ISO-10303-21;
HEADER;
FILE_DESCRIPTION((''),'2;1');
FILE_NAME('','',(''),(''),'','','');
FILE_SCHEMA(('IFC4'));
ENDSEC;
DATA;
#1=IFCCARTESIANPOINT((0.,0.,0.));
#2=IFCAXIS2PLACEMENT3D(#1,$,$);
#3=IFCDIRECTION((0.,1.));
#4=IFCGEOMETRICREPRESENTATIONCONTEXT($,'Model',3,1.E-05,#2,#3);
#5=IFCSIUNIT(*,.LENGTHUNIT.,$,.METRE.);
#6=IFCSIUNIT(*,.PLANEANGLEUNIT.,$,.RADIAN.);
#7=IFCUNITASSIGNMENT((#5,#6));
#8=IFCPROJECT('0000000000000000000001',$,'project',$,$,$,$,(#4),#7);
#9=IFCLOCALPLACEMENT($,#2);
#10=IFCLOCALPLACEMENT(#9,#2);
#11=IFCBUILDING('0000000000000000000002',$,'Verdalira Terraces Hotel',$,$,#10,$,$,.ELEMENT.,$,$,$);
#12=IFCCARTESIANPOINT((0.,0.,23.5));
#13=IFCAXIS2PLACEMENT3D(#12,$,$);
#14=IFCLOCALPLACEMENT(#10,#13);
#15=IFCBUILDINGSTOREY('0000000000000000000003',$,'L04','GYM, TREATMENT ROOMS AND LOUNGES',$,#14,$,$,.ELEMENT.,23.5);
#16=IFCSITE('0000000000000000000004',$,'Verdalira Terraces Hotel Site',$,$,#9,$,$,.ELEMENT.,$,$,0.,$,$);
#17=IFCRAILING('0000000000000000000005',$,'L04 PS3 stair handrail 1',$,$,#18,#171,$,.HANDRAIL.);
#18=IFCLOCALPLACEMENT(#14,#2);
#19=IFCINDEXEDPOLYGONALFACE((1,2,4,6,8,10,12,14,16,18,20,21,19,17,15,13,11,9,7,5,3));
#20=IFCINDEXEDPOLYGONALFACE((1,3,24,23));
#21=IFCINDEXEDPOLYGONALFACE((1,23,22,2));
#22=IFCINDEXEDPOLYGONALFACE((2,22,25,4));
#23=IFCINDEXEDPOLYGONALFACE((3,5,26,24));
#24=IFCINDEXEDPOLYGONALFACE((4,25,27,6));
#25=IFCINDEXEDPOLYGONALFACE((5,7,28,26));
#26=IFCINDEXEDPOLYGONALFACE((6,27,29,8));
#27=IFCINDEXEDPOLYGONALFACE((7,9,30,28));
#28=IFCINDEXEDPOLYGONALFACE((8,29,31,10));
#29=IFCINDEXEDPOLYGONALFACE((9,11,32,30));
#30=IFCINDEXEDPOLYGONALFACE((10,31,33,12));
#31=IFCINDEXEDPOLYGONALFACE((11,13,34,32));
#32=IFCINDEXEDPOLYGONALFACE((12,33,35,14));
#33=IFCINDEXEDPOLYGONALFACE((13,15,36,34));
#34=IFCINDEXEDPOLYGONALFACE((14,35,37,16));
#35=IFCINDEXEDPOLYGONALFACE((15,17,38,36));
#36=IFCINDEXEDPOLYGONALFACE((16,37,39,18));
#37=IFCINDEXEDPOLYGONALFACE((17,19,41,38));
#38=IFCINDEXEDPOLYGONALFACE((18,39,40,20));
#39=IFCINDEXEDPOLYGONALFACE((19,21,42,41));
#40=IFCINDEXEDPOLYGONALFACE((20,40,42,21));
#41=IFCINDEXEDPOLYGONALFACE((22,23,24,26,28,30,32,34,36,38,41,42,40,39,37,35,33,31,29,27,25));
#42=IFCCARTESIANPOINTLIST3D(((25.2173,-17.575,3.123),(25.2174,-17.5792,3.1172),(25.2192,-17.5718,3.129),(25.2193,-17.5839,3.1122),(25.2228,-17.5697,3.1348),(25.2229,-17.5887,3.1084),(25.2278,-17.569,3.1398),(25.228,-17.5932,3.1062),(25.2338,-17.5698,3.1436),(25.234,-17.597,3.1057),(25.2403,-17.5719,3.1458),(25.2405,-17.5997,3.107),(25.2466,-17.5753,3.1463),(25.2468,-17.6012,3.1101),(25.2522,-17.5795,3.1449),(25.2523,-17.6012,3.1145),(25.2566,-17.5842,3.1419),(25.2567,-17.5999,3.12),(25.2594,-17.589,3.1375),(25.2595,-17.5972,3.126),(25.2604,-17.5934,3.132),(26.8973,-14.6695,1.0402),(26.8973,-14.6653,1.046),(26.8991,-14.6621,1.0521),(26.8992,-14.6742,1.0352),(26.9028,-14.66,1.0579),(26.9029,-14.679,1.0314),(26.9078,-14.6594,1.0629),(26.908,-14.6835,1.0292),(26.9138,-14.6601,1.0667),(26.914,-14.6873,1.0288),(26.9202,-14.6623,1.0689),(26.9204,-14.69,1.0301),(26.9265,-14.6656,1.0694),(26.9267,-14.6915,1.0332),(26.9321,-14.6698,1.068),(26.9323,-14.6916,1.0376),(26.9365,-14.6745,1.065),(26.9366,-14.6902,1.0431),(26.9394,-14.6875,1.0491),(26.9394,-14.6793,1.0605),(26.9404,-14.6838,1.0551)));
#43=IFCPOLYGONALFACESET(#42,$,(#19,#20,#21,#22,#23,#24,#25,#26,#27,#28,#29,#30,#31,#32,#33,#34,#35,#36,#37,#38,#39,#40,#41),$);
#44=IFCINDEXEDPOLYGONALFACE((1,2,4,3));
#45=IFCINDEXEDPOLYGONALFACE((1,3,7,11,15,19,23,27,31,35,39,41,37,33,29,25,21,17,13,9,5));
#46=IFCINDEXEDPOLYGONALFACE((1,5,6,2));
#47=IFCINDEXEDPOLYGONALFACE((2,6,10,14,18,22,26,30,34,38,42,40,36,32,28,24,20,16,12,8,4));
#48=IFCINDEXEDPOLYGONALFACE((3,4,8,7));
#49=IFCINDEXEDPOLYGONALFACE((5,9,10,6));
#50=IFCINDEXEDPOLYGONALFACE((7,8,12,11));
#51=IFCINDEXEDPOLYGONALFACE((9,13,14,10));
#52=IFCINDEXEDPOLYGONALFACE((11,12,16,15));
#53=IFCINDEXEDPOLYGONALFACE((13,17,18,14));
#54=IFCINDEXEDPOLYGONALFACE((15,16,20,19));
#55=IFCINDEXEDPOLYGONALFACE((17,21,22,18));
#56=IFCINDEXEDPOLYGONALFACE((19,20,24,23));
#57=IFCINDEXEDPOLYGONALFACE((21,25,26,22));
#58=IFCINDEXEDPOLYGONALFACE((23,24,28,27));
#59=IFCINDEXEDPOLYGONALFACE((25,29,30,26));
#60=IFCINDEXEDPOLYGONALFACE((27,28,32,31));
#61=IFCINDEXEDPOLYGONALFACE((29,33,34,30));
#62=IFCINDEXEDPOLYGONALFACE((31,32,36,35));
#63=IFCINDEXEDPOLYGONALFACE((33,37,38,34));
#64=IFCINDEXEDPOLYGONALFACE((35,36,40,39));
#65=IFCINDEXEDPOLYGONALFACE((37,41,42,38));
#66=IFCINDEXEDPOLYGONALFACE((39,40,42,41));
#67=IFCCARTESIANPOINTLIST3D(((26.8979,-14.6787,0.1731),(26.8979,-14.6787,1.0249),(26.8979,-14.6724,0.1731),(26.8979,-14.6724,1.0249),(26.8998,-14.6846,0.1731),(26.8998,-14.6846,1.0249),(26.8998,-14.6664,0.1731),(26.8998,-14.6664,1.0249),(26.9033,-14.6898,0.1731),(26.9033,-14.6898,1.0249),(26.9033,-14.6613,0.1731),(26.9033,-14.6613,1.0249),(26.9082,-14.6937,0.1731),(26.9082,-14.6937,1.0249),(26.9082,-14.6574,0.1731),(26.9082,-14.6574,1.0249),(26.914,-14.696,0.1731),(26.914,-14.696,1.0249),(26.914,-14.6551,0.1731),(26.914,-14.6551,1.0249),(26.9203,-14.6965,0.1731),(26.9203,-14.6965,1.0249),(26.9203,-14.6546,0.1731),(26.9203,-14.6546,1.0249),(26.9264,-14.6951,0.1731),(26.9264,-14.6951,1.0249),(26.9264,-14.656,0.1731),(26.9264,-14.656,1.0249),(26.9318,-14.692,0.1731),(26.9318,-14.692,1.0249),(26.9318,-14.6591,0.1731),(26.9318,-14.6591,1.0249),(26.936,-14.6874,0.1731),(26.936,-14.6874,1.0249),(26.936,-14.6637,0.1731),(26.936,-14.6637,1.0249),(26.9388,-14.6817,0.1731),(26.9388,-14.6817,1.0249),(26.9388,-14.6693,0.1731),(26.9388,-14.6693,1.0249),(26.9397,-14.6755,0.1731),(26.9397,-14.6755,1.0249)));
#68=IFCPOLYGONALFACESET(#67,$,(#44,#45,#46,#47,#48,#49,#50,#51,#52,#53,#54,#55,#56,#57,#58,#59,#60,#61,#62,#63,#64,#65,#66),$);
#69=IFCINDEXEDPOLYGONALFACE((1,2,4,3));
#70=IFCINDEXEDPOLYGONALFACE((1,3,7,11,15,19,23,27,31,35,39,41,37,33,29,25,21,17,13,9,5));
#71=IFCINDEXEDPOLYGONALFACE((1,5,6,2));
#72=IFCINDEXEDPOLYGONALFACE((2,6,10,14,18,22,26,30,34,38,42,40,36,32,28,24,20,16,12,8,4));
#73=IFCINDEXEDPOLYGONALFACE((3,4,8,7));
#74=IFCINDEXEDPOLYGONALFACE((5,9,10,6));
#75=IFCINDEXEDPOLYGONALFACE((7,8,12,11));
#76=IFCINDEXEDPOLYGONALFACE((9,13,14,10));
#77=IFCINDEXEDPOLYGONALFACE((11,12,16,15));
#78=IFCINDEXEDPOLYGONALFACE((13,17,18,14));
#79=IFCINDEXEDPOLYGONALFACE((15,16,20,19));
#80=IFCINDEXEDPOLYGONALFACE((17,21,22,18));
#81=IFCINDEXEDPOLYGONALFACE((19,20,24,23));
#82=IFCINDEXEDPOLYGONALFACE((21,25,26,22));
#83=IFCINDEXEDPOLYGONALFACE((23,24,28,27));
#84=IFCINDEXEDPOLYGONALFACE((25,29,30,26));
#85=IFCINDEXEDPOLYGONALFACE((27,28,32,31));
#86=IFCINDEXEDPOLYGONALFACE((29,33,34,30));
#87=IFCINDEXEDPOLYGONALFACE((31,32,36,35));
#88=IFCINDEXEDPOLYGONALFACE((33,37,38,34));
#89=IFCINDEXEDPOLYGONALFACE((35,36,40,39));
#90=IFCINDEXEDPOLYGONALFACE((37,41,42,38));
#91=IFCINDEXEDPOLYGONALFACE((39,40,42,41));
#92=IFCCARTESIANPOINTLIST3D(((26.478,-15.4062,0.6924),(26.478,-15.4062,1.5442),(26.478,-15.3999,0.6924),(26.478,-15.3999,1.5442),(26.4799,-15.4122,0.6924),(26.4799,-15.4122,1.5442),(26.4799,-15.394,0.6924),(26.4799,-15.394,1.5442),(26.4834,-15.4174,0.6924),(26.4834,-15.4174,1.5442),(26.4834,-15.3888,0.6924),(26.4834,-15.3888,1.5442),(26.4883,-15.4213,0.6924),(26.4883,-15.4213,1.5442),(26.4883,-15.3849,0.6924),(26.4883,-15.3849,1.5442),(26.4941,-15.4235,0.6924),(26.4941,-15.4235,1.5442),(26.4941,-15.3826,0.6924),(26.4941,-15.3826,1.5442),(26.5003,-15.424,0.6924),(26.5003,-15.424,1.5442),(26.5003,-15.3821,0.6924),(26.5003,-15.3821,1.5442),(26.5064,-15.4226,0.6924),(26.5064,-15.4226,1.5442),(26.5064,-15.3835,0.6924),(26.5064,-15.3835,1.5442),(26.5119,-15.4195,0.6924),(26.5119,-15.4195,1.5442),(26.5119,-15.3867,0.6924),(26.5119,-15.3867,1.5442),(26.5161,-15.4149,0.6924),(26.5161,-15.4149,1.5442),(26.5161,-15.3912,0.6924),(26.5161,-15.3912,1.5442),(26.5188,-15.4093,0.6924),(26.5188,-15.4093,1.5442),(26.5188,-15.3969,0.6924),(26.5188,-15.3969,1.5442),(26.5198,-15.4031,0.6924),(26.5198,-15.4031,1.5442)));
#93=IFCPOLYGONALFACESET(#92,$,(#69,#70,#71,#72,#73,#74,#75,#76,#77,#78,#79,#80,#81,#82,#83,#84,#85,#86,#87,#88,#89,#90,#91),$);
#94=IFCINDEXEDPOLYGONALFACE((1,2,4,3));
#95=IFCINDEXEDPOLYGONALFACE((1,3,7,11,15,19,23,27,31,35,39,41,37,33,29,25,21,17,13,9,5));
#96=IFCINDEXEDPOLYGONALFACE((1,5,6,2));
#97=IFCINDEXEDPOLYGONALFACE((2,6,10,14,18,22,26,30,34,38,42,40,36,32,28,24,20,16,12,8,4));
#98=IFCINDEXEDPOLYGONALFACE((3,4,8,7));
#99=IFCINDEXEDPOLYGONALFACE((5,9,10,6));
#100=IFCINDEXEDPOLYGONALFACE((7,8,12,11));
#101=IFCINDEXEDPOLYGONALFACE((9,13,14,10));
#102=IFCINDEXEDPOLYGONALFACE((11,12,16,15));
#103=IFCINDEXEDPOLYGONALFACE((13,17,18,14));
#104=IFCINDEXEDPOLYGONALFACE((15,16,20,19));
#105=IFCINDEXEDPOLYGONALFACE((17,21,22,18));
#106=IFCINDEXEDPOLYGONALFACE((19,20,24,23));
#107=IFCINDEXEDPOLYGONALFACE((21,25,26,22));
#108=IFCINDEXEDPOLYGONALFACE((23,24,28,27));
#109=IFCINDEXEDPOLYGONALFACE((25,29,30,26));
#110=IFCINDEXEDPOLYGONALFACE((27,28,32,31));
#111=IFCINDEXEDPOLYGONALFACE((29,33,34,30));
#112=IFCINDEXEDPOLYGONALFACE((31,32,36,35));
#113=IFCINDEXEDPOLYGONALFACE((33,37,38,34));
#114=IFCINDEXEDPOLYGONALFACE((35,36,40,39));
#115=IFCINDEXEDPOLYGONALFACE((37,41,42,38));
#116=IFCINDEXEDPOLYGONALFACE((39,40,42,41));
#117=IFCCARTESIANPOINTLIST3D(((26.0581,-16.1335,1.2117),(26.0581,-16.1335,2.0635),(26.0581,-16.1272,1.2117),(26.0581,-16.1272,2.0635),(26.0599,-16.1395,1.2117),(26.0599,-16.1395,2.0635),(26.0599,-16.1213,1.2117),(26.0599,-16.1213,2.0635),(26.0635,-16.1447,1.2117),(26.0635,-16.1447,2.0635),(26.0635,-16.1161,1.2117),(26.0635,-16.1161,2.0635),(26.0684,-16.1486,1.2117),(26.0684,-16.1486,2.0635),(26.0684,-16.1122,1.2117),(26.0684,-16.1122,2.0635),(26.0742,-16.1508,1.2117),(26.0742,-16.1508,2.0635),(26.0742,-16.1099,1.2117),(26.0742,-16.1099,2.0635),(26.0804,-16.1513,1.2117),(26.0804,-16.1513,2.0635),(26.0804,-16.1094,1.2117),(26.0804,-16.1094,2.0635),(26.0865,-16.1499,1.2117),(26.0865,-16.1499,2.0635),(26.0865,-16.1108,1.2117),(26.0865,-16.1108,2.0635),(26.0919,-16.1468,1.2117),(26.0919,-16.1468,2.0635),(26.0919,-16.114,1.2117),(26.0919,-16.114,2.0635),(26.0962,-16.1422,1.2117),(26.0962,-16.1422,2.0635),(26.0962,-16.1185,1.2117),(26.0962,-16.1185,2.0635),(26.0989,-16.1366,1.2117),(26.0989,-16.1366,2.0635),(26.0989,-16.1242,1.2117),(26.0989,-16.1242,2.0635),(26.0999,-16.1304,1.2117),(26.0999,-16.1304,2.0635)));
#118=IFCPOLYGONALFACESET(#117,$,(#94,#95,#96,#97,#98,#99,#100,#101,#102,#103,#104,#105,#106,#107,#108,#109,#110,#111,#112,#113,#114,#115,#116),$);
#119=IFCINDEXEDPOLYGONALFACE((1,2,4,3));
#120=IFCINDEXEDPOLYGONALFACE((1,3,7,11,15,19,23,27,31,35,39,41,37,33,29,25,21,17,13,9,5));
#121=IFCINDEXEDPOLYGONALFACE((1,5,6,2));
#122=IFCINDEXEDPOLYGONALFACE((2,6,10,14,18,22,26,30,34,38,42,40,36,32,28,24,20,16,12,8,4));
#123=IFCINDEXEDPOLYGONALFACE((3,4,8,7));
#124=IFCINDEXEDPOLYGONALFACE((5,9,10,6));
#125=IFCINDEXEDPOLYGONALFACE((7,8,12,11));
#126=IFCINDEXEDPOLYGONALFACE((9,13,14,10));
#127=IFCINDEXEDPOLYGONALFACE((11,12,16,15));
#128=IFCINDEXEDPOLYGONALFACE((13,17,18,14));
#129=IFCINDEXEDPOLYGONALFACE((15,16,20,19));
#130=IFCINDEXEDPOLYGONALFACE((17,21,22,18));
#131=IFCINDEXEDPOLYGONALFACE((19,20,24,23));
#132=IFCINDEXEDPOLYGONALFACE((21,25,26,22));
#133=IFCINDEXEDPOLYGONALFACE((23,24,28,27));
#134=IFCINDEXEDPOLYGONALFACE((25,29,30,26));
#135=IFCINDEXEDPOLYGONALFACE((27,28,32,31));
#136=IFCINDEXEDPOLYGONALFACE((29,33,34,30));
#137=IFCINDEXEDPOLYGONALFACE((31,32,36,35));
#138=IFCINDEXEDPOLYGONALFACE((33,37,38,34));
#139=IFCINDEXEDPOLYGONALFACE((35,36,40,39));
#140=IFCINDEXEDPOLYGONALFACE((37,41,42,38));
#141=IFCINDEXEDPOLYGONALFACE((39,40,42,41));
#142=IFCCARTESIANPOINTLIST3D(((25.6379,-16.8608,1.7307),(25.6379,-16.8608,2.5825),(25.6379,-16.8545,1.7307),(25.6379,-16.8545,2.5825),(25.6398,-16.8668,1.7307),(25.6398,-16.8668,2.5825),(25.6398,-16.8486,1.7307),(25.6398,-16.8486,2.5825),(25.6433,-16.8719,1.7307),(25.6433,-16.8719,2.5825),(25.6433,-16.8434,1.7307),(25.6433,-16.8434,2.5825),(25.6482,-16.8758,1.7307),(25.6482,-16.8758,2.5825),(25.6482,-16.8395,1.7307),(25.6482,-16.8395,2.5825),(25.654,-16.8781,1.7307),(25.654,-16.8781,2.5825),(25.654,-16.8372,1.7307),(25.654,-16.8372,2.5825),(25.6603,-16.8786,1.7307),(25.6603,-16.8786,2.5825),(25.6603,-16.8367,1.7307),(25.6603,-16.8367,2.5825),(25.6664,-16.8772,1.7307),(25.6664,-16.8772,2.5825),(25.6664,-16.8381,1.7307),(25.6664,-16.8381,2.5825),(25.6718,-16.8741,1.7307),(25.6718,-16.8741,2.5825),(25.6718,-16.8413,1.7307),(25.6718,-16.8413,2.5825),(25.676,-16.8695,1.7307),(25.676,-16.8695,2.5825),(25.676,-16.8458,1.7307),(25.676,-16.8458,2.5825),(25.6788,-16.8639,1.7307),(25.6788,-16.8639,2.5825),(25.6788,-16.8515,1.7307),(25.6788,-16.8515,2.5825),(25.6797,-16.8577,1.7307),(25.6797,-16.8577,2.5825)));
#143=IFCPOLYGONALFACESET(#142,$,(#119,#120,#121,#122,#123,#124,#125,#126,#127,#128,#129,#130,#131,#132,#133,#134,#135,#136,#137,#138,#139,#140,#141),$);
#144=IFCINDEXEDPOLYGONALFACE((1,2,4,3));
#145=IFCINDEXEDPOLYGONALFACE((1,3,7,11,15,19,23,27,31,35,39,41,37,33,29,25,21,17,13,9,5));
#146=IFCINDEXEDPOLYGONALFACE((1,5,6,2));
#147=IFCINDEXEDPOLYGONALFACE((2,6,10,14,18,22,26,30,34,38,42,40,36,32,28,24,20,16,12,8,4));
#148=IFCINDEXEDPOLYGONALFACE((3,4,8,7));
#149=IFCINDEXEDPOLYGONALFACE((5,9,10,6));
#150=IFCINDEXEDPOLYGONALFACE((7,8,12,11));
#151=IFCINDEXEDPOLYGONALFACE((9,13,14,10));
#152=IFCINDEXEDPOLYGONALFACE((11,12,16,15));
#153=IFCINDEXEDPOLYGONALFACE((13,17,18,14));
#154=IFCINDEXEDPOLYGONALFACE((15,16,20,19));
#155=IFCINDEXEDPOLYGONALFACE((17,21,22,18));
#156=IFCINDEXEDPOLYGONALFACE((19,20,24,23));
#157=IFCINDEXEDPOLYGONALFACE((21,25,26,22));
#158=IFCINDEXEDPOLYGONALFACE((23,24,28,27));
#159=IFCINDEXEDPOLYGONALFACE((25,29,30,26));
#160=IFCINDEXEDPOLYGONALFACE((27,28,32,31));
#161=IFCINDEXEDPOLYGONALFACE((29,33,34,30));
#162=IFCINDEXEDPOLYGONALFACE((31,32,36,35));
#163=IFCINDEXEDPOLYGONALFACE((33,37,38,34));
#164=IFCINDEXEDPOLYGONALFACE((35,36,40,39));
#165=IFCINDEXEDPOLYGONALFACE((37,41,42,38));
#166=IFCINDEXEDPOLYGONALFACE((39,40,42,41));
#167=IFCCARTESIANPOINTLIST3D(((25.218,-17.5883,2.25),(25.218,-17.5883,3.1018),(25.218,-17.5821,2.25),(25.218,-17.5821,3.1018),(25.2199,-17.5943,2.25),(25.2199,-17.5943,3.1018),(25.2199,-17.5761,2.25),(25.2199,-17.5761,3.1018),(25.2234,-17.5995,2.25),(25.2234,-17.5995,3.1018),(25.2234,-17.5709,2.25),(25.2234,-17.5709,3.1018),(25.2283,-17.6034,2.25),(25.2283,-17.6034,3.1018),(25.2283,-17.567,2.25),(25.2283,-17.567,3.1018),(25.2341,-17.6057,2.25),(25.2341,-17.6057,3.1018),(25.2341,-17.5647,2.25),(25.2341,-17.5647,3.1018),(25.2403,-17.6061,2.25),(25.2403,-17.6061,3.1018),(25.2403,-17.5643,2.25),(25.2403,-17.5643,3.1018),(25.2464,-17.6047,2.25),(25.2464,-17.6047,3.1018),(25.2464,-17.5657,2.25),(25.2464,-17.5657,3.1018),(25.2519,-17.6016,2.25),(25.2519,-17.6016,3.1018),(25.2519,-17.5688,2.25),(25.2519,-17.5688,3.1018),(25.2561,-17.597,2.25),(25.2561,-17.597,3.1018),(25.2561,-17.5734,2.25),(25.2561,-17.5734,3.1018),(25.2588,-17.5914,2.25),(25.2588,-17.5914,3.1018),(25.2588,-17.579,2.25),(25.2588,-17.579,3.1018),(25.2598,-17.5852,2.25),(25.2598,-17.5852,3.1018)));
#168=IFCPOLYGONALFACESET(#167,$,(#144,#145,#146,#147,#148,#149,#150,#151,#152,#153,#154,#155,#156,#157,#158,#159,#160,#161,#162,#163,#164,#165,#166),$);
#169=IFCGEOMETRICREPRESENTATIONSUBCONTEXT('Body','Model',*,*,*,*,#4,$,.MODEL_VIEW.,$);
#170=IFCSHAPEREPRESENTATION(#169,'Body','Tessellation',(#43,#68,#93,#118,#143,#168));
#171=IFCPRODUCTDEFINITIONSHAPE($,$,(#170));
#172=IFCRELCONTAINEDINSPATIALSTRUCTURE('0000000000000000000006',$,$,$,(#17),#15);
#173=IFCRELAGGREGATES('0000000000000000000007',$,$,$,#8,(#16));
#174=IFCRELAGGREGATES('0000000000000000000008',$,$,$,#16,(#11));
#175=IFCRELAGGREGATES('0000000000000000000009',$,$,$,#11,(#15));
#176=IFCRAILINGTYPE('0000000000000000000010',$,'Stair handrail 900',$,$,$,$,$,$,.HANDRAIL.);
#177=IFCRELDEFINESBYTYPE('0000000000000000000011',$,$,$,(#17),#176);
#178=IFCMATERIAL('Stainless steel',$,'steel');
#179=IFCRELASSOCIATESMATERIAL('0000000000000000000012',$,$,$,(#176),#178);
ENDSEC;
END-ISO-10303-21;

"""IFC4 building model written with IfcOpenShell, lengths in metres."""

from ifc_helpers import new_model, si_unit, direction, frame, origin, origin_2d, place, context, subcontext, project, spatial, circle, extrude, material, type_object, element, save


model = new_model("IFC4")

# Units and contexts
model_context = context("Model", 3, precision=1e-05, world=origin(), true_north=direction((0.0, 1.0)))
body_context = subcontext(model_context, "Body", "Model", "MODEL_VIEW")
ifc_project = project(units=[si_unit("LENGTHUNIT", "METRE"), si_unit("PLANEANGLEUNIT", "RADIAN")], contexts=[model_context])

# Site, building, storey
site_placement = place(None, origin())
site = spatial("IfcSite", under=ifc_project, at=site_placement, Name="Verdalira Terraces Hotel Site", CompositionType="ELEMENT", RefElevation=0.0)
building_placement = place(site_placement, origin())
building = spatial("IfcBuilding", under=site, at=building_placement, Name="Verdalira Terraces Hotel", CompositionType="ELEMENT")
storey_placement = place(building_placement, frame((0.0, 0.0, 23.5)))
storey = spatial("IfcBuildingStorey", under=building, at=storey_placement, Name="L04", Description="GYM, TREATMENT ROOMS AND LOUNGES", CompositionType="ELEMENT", Elevation=23.5)

# Railing
ifc_material_1 = material(Name="Stainless steel", Category="steel")
railing_type_1 = type_object("IfcRailingType", Name="Stair handrail 900", PredefinedType="HANDRAIL", material=ifc_material_1)
railing_1_placement = place(storey_placement, frame((26.9187, -14.6755, 0.1731)))
element("IfcRailing", 1, at=railing_1_placement, inside=storey, type_object=railing_type_1, Name="L04 PS3 stair handrail 1", PredefinedType="HANDRAIL", context=body_context, shape_type="SweptSolid", body=[
    extrude(circle(Radius=0.0239, at=origin_2d()), frame((0.0, 0.0, 0.876), z_axis=(-0.425308, -0.73664, 0.525809), x_axis=(0.866021, -0.500008, 0.0)), (0.0, 0.0, 1.0), 3.95),
    extrude(circle(Radius=0.021, at=origin_2d()), origin(), (0.0, 0.0, 1.0), 0.8518),
    extrude(circle(Radius=0.021, at=origin_2d()), frame((-0.4199, -0.7275, 0.5193)), (0.0, 0.0, 1.0), 0.8518),
    extrude(circle(Radius=0.021, at=origin_2d()), frame((-0.8398, -1.4548, 1.0386)), (0.0, 0.0, 1.0), 0.8518),
    extrude(circle(Radius=0.021, at=origin_2d()), frame((-1.26, -2.1821, 1.5576)), (0.0, 0.0, 1.0), 0.8518),
    extrude(circle(Radius=0.021, at=origin_2d()), frame((-1.6799, -2.9097, 2.0769)), (0.0, 0.0, 1.0), 0.8518),
])

save(model, "model.ifc")
